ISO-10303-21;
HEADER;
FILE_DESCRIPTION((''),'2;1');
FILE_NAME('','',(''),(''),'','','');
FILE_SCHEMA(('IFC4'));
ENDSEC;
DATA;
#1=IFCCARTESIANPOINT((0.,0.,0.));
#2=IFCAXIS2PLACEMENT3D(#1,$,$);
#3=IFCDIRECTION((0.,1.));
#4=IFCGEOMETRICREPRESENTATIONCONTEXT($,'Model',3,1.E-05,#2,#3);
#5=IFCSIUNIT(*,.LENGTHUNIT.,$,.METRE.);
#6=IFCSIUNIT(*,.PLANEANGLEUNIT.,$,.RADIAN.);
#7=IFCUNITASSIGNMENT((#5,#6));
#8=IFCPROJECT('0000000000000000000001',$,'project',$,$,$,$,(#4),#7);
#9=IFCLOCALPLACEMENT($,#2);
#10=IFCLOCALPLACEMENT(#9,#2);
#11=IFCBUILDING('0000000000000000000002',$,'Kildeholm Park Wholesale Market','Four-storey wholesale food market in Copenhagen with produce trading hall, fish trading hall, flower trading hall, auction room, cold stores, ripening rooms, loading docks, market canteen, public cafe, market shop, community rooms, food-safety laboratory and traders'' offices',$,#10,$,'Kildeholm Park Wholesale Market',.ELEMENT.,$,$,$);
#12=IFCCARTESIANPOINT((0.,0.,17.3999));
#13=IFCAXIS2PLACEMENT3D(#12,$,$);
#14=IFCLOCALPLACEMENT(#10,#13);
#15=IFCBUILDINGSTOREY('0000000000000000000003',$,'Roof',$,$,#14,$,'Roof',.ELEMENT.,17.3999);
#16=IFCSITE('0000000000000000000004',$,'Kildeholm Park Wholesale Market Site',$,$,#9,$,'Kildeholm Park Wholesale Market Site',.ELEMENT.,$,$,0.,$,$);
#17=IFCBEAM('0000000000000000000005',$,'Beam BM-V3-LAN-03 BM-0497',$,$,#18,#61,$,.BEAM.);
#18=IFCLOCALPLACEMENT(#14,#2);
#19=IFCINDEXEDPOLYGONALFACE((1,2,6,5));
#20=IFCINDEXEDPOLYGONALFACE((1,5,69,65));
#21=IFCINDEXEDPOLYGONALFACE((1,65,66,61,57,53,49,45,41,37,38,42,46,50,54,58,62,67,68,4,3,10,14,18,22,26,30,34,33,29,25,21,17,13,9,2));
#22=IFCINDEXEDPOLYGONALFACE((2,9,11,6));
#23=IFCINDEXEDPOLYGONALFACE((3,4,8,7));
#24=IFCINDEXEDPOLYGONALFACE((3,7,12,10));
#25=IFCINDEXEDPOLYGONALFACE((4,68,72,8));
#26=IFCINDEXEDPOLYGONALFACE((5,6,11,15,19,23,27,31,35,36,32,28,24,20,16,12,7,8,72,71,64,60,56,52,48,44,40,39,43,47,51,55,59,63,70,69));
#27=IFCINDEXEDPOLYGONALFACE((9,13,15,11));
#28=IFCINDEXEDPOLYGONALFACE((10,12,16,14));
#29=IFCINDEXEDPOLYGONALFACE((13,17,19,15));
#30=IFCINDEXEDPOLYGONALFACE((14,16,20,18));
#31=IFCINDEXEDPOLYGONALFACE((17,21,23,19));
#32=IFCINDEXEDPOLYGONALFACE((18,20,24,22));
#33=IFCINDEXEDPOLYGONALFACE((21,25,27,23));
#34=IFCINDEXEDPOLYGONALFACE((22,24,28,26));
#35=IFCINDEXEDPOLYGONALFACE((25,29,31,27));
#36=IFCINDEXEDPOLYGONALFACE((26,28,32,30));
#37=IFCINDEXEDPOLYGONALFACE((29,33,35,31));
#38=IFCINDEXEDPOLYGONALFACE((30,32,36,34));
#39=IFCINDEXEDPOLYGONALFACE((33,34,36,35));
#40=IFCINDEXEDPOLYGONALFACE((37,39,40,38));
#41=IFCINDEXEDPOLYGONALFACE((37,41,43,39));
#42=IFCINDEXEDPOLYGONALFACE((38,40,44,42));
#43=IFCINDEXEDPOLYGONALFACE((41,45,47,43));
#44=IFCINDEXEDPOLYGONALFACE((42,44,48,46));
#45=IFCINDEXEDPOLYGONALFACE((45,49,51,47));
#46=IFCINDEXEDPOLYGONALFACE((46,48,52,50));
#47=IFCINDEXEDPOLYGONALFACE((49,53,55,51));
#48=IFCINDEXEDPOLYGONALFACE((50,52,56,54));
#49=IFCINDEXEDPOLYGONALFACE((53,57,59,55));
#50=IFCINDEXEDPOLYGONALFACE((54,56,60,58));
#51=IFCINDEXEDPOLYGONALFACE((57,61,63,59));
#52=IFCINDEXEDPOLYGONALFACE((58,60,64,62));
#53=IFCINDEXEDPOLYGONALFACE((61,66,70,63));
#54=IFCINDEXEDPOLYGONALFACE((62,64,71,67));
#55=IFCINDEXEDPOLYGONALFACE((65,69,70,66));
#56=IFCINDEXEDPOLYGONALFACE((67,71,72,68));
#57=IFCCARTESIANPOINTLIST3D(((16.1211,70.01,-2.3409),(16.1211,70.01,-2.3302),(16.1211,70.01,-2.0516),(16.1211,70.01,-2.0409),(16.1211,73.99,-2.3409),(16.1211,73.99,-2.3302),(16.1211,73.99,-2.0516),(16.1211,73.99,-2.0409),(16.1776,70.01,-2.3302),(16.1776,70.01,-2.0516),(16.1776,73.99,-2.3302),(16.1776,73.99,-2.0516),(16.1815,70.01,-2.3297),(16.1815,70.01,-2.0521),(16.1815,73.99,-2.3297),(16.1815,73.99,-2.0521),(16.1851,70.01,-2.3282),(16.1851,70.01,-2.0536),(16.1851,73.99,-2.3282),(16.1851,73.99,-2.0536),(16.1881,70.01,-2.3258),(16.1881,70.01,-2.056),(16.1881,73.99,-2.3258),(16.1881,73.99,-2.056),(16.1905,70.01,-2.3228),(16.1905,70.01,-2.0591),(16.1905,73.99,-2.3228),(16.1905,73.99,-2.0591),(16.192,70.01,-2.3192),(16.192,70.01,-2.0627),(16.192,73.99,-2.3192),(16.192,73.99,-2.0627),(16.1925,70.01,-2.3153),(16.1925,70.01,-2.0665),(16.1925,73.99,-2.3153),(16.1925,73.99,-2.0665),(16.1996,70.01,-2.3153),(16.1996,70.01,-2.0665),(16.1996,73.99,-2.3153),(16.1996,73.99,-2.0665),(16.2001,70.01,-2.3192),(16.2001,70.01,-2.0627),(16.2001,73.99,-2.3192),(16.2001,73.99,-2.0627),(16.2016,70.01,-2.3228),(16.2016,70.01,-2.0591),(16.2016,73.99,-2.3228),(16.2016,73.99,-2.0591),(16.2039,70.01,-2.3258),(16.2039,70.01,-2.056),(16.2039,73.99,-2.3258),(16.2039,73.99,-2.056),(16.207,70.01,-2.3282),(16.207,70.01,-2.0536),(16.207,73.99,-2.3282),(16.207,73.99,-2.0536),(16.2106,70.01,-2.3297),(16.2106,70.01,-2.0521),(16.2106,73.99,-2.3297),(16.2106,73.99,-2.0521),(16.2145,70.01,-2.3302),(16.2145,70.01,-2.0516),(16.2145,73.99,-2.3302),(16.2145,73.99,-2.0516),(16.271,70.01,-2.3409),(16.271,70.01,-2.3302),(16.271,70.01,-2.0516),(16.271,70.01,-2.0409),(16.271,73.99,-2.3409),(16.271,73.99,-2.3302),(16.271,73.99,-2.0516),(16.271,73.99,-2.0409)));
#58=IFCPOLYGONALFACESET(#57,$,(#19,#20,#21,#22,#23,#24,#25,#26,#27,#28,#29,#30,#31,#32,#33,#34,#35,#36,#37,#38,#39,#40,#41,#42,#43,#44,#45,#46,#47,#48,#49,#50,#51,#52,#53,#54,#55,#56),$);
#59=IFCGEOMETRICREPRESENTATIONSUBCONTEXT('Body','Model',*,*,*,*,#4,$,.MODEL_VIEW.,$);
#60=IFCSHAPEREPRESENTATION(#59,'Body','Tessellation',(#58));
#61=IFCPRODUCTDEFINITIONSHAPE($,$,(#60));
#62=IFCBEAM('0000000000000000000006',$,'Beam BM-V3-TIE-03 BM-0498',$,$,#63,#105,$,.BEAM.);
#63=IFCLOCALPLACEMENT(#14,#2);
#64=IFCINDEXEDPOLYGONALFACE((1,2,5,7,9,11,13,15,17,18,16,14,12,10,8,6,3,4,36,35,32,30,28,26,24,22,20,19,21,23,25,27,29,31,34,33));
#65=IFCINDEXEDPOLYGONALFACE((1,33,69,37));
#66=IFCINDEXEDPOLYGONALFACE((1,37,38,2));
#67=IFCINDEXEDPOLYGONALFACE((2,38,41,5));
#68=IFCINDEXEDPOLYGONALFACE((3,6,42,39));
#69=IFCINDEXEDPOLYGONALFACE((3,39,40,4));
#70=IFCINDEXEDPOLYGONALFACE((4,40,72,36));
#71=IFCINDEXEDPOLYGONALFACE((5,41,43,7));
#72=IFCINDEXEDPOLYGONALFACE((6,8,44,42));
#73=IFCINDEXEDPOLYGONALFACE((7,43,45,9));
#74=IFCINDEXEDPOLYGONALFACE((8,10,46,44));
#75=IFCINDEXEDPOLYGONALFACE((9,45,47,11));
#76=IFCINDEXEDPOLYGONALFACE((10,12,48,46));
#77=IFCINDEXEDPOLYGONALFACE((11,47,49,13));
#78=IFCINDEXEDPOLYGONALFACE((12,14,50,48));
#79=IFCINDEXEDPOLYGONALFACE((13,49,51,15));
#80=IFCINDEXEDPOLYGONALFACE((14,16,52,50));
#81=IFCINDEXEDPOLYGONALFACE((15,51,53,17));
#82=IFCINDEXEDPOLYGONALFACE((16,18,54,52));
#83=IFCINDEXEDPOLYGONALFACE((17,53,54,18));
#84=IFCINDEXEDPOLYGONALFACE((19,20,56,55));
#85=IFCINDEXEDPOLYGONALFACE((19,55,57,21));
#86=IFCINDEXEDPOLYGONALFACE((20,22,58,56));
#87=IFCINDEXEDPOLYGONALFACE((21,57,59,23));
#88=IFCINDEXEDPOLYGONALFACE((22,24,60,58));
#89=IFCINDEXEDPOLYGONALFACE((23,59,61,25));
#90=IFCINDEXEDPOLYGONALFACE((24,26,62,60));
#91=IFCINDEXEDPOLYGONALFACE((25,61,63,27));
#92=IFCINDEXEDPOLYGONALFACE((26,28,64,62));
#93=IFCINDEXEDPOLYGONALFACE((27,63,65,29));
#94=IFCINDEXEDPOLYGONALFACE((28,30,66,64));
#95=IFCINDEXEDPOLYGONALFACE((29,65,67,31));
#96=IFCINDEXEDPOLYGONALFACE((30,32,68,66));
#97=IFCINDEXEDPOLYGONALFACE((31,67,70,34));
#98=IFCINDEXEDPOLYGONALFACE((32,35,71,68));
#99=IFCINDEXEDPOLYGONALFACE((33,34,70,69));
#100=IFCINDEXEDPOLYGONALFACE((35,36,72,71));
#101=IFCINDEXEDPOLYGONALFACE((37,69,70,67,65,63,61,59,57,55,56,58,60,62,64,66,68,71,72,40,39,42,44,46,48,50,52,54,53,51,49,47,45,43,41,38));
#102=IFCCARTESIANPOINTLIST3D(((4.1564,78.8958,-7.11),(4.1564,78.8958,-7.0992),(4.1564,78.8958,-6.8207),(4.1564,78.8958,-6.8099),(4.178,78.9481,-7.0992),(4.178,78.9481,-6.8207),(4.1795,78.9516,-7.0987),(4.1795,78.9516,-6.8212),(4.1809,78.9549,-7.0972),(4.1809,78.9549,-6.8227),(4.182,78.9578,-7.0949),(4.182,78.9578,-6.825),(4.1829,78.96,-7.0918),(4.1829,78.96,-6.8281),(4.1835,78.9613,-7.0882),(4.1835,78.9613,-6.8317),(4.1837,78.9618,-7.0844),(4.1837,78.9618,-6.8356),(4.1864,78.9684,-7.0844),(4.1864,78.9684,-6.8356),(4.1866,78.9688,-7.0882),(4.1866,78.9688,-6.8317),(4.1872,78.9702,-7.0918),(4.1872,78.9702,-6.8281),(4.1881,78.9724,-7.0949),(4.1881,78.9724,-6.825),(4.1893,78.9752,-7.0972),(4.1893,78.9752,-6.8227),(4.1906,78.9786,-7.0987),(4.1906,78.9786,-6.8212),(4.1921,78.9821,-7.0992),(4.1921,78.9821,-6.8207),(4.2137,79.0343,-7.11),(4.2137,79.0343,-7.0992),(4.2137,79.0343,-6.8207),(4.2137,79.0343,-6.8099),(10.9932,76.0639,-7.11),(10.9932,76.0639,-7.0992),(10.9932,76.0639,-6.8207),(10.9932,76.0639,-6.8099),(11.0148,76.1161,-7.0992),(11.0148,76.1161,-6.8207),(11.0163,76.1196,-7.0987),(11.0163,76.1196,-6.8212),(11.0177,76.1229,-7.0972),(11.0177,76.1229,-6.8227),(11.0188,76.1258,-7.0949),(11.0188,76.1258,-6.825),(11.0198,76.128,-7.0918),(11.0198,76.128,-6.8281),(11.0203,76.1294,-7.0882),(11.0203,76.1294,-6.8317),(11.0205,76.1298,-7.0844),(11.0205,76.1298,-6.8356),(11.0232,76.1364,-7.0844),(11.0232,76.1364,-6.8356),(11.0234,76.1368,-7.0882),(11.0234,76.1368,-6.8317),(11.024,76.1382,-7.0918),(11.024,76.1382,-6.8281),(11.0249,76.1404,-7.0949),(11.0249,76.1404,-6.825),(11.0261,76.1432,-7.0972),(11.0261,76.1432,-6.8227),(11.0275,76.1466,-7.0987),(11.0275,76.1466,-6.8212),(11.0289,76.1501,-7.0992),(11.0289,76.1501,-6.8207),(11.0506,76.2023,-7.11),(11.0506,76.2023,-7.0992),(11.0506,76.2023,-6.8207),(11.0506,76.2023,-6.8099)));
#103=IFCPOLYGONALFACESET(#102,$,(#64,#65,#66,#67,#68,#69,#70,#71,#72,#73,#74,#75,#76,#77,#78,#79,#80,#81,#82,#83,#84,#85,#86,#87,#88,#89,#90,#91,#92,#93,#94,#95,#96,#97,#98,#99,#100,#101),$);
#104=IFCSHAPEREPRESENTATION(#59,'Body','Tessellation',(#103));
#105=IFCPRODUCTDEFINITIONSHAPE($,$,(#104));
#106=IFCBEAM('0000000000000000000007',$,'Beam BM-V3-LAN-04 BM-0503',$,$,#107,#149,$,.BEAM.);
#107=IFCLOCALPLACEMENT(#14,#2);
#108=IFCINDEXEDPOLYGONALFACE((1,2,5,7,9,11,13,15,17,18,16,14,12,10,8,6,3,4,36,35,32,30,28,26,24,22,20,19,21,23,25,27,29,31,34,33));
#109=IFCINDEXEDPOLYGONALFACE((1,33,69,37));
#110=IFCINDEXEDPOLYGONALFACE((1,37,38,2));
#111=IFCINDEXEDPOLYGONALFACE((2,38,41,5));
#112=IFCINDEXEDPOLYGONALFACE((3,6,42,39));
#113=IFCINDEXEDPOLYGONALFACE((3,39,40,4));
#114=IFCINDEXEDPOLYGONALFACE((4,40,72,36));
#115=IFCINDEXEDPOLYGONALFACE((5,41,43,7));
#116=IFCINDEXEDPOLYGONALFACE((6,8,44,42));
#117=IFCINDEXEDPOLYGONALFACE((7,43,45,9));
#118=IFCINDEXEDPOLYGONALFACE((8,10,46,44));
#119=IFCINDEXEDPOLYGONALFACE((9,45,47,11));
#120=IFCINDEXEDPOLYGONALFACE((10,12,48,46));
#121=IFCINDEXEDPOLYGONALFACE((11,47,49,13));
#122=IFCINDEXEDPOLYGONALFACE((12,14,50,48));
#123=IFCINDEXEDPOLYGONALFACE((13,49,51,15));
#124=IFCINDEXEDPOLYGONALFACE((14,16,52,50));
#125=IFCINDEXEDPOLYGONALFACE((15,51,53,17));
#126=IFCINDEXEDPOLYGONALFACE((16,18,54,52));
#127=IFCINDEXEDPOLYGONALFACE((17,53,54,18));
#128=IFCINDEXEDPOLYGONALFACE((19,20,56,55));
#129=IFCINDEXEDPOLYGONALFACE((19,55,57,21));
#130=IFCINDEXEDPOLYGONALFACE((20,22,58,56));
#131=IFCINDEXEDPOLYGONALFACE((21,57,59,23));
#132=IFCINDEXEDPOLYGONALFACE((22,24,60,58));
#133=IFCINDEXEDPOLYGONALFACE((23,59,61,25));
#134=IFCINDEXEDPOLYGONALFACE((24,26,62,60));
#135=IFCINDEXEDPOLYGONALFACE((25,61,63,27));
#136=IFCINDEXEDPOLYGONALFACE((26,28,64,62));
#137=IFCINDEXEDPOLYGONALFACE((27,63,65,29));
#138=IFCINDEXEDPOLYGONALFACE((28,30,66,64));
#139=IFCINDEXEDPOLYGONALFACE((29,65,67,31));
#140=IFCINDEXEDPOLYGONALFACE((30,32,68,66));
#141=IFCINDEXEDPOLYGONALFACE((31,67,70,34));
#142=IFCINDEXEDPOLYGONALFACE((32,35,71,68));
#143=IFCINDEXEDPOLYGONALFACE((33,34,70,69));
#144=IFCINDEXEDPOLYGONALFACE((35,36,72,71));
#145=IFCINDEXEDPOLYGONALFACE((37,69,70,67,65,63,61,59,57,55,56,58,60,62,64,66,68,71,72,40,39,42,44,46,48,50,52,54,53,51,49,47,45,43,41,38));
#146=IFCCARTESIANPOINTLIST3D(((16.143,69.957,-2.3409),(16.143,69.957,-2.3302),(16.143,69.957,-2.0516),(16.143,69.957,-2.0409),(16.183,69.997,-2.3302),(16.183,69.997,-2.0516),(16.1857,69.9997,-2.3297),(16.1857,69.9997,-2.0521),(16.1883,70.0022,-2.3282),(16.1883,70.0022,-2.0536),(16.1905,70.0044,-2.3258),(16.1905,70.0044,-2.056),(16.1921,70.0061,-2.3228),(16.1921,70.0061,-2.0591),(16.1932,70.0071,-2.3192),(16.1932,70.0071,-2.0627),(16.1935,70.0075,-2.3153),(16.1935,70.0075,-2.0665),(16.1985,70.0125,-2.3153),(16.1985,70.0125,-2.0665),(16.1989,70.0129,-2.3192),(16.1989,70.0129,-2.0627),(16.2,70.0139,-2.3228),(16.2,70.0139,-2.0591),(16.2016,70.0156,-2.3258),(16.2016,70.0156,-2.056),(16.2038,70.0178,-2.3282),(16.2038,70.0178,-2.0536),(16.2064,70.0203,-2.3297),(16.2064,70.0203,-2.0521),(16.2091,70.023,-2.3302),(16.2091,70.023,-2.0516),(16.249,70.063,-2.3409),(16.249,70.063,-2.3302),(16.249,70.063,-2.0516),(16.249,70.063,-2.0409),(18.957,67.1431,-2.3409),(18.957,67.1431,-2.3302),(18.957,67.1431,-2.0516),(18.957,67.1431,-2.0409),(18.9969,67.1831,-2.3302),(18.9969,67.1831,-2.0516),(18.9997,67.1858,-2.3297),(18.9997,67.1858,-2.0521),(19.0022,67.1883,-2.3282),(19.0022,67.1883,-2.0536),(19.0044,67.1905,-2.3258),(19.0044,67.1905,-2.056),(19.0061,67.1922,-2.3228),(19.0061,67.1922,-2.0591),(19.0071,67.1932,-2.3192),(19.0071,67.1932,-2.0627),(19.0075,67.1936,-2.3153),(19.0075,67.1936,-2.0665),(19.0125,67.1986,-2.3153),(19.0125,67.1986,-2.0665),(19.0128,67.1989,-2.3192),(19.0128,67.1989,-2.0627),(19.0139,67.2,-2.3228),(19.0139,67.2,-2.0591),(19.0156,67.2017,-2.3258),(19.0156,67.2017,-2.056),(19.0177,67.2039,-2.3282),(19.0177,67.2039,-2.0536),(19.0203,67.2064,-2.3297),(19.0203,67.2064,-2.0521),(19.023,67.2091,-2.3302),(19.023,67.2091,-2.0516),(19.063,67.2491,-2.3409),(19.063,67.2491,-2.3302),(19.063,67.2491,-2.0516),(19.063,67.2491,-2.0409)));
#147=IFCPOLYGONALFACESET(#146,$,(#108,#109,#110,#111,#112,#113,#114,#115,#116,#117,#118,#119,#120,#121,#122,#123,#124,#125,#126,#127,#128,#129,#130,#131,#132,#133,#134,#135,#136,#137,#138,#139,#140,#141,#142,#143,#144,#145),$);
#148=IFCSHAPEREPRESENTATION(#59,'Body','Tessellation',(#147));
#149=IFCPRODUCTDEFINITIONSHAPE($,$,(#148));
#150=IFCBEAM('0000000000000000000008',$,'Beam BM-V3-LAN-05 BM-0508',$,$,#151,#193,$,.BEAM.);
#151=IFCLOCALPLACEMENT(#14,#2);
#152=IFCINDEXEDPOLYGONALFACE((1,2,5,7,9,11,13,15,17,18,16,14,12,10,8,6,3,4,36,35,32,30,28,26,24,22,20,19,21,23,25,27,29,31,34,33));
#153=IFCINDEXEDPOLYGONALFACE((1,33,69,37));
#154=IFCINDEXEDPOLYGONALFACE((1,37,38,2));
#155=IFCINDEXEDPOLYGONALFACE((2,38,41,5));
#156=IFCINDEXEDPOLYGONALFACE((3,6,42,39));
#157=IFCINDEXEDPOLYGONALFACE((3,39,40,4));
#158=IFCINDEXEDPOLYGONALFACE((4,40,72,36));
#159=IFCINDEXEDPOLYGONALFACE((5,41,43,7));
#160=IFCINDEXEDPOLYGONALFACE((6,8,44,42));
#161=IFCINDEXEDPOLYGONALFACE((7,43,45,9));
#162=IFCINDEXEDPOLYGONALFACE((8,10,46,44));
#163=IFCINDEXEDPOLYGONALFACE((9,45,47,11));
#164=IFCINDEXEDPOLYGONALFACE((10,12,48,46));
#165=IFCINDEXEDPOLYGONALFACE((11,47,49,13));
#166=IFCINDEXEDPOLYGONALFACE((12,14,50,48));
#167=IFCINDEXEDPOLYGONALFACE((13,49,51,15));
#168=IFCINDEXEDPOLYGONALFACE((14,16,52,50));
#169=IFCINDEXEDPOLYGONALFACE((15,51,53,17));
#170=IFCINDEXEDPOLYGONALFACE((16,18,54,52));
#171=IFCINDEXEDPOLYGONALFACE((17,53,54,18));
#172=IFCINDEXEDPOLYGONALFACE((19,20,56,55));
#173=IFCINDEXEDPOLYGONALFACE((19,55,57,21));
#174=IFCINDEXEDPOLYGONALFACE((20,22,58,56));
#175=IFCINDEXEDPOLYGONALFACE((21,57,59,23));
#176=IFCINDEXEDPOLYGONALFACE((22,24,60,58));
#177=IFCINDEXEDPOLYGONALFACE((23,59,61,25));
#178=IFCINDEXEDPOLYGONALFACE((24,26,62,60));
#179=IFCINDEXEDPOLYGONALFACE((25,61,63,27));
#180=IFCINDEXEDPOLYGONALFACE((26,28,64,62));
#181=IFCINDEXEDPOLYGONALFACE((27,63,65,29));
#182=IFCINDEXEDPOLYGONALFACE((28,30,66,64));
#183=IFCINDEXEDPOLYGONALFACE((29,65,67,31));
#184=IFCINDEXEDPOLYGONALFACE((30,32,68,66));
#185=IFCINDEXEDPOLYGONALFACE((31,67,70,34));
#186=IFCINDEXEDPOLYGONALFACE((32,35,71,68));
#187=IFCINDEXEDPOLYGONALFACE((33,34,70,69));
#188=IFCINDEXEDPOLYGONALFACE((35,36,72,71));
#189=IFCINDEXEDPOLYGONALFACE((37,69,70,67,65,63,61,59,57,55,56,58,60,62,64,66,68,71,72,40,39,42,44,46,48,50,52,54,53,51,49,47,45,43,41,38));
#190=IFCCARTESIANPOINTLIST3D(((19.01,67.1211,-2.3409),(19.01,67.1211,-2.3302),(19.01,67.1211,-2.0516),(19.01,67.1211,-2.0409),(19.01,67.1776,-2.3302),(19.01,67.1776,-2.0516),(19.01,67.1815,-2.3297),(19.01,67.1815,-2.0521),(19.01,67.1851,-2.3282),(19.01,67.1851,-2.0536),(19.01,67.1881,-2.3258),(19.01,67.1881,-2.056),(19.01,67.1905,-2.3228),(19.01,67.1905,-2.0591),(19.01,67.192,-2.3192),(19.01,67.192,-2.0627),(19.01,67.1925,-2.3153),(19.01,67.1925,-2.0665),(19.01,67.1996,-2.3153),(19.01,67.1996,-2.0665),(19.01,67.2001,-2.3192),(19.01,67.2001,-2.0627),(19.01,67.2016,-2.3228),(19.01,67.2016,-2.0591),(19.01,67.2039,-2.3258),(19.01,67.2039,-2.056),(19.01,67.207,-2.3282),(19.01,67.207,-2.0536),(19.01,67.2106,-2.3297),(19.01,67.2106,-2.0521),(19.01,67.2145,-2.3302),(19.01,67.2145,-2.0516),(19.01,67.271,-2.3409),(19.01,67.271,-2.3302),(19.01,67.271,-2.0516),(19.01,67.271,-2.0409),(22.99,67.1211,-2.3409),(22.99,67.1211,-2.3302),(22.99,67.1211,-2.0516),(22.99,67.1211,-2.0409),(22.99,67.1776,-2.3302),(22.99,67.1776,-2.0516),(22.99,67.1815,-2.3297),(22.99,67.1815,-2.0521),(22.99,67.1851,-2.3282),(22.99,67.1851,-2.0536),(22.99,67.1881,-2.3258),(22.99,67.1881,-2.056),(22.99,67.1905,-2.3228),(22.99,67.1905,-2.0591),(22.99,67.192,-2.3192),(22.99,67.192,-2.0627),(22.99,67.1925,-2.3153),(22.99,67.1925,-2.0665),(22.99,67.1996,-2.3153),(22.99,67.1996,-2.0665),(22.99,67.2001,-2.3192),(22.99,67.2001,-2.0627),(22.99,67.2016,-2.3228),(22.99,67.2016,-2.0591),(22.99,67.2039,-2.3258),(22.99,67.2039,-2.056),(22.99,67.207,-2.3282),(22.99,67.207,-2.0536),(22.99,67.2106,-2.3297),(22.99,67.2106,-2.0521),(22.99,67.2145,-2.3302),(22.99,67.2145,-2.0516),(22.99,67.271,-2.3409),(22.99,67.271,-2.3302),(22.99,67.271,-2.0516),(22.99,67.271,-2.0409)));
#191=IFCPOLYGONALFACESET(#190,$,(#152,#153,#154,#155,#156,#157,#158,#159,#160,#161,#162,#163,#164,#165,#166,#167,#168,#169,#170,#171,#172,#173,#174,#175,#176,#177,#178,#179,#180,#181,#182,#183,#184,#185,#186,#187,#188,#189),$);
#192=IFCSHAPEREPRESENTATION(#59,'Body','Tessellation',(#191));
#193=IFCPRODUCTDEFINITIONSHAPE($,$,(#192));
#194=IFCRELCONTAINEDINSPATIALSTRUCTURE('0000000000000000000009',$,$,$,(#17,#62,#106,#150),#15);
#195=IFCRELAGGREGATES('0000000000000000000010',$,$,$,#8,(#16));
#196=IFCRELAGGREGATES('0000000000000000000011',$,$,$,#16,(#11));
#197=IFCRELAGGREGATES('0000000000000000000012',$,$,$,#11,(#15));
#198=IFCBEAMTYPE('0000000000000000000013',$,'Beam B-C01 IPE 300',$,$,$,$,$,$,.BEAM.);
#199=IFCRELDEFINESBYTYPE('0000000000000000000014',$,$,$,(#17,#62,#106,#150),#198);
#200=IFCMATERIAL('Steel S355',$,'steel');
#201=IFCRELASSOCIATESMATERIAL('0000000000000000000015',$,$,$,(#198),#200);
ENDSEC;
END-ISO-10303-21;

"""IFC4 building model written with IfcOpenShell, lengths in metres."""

from ifc_helpers import new_model, si_unit, direction, frame, origin, origin_2d, place, context, subcontext, project, spatial, i_section, extrude, material, material_profile, profile_set, type_object, element, save


model = new_model("IFC4")

# Units and contexts
model_context = context("Model", 3, precision=1e-05, world=origin(), true_north=direction((0.0, 1.0)))
body_context = subcontext(model_context, "Body", "Model", "MODEL_VIEW")
ifc_project = project(units=[si_unit("LENGTHUNIT", "METRE"), si_unit("PLANEANGLEUNIT", "RADIAN")], contexts=[model_context])

# Site, building, storey
site_placement = place(None, origin())
site = spatial("IfcSite", under=ifc_project, at=site_placement, Name="Kildeholm Park Wholesale Market Site", LongName="Kildeholm Park Wholesale Market Site", CompositionType="ELEMENT", RefElevation=0.0)
building_placement = place(site_placement, origin())
building = spatial("IfcBuilding", under=site, at=building_placement, Name="Kildeholm Park Wholesale Market", Description="Four-storey wholesale food market in Copenhagen with produce trading hall, fish trading hall, flower trading hall, auction room, cold stores, ripening rooms, loading docks, market canteen, public cafe, market shop, community rooms, food-safety laboratory and traders' offices", LongName="Kildeholm Park Wholesale Market", CompositionType="ELEMENT")
storey_placement = place(building_placement, frame((0.0, 0.0, 17.3999)))
storey = spatial("IfcBuildingStorey", under=building, at=storey_placement, Name="Roof", LongName="Roof", CompositionType="ELEMENT", Elevation=17.3999)

# Beams
ifc_material_1 = material(Name="Steel S355", Category="steel")
ifc_material_profile_1 = material_profile(ifc_material_1, i_section(OverallWidth=0.1499, OverallDepth=0.3, WebThickness=0.0071, FlangeThickness=0.0107, FilletRadius=0.0149, at=origin_2d()), Name="IPE 300")
ifc_profile_set_1 = profile_set([ifc_material_profile_1], Name="Steel S355")
beam_type_1 = type_object("IfcBeamType", Name="Beam B-C01 IPE 300", PredefinedType="BEAM", material=ifc_profile_set_1)
beam_1_placement = place(storey_placement, frame((16.196, 73.99, -2.1909), z_axis=(0.0, -1.0, 0.0), x_axis=(1.0, 0.0, 0.0)))
element("IfcBeam", 1, at=beam_1_placement, inside=storey, type_object=beam_type_1, Name="Beam BM-V3-LAN-03 BM-0497", PredefinedType="BEAM", context=body_context, shape_type="SweptSolid", body=[
    extrude(i_section(OverallWidth=0.1499, OverallDepth=0.3, WebThickness=0.0071, FlangeThickness=0.0107, FilletRadius=0.0149, at=origin_2d()), origin(), (0.0, 0.0, 1.0), 3.98),
])
beam_2_placement = place(storey_placement, frame((4.1851, 78.9651, -6.96), z_axis=(0.923875, -0.382694, 0.0), x_axis=(0.382694, 0.923875, 0.0)))
element("IfcBeam", 2, at=beam_2_placement, inside=storey, type_object=beam_type_1, Name="Beam BM-V3-TIE-03 BM-0498", PredefinedType="BEAM", context=body_context, shape_type="SweptSolid", body=[
    extrude(i_section(OverallWidth=0.1499, OverallDepth=0.3, WebThickness=0.0071, FlangeThickness=0.0107, FilletRadius=0.0149, at=origin_2d()), origin(), (0.0, 0.0, 1.0), 7.4001),
])
beam_3_placement = place(storey_placement, frame((16.196, 70.01, -2.1909), z_axis=(0.707107, -0.707107, 0.0), x_axis=(0.707107, 0.707107, 0.0)))
element("IfcBeam", 3, at=beam_3_placement, inside=storey, type_object=beam_type_1, Name="Beam BM-V3-LAN-04 BM-0503", PredefinedType="BEAM", context=body_context, shape_type="SweptSolid", body=[
    extrude(i_section(OverallWidth=0.1499, OverallDepth=0.3, WebThickness=0.0071, FlangeThickness=0.0107, FilletRadius=0.0149, at=origin_2d()), origin(), (0.0, 0.0, 1.0), 3.9795),
])
beam_4_placement = place(storey_placement, frame((19.01, 67.196, -2.1909), z_axis=(1.0, 0.0, 0.0), x_axis=(0.0, 1.0, 0.0)))
element("IfcBeam", 4, at=beam_4_placement, inside=storey, type_object=beam_type_1, Name="Beam BM-V3-LAN-05 BM-0508", PredefinedType="BEAM", context=body_context, shape_type="SweptSolid", body=[
    extrude(i_section(OverallWidth=0.1499, OverallDepth=0.3, WebThickness=0.0071, FlangeThickness=0.0107, FilletRadius=0.0149, at=origin_2d()), origin(), (0.0, 0.0, 1.0), 3.98),
])

save(model, "model.ifc")
